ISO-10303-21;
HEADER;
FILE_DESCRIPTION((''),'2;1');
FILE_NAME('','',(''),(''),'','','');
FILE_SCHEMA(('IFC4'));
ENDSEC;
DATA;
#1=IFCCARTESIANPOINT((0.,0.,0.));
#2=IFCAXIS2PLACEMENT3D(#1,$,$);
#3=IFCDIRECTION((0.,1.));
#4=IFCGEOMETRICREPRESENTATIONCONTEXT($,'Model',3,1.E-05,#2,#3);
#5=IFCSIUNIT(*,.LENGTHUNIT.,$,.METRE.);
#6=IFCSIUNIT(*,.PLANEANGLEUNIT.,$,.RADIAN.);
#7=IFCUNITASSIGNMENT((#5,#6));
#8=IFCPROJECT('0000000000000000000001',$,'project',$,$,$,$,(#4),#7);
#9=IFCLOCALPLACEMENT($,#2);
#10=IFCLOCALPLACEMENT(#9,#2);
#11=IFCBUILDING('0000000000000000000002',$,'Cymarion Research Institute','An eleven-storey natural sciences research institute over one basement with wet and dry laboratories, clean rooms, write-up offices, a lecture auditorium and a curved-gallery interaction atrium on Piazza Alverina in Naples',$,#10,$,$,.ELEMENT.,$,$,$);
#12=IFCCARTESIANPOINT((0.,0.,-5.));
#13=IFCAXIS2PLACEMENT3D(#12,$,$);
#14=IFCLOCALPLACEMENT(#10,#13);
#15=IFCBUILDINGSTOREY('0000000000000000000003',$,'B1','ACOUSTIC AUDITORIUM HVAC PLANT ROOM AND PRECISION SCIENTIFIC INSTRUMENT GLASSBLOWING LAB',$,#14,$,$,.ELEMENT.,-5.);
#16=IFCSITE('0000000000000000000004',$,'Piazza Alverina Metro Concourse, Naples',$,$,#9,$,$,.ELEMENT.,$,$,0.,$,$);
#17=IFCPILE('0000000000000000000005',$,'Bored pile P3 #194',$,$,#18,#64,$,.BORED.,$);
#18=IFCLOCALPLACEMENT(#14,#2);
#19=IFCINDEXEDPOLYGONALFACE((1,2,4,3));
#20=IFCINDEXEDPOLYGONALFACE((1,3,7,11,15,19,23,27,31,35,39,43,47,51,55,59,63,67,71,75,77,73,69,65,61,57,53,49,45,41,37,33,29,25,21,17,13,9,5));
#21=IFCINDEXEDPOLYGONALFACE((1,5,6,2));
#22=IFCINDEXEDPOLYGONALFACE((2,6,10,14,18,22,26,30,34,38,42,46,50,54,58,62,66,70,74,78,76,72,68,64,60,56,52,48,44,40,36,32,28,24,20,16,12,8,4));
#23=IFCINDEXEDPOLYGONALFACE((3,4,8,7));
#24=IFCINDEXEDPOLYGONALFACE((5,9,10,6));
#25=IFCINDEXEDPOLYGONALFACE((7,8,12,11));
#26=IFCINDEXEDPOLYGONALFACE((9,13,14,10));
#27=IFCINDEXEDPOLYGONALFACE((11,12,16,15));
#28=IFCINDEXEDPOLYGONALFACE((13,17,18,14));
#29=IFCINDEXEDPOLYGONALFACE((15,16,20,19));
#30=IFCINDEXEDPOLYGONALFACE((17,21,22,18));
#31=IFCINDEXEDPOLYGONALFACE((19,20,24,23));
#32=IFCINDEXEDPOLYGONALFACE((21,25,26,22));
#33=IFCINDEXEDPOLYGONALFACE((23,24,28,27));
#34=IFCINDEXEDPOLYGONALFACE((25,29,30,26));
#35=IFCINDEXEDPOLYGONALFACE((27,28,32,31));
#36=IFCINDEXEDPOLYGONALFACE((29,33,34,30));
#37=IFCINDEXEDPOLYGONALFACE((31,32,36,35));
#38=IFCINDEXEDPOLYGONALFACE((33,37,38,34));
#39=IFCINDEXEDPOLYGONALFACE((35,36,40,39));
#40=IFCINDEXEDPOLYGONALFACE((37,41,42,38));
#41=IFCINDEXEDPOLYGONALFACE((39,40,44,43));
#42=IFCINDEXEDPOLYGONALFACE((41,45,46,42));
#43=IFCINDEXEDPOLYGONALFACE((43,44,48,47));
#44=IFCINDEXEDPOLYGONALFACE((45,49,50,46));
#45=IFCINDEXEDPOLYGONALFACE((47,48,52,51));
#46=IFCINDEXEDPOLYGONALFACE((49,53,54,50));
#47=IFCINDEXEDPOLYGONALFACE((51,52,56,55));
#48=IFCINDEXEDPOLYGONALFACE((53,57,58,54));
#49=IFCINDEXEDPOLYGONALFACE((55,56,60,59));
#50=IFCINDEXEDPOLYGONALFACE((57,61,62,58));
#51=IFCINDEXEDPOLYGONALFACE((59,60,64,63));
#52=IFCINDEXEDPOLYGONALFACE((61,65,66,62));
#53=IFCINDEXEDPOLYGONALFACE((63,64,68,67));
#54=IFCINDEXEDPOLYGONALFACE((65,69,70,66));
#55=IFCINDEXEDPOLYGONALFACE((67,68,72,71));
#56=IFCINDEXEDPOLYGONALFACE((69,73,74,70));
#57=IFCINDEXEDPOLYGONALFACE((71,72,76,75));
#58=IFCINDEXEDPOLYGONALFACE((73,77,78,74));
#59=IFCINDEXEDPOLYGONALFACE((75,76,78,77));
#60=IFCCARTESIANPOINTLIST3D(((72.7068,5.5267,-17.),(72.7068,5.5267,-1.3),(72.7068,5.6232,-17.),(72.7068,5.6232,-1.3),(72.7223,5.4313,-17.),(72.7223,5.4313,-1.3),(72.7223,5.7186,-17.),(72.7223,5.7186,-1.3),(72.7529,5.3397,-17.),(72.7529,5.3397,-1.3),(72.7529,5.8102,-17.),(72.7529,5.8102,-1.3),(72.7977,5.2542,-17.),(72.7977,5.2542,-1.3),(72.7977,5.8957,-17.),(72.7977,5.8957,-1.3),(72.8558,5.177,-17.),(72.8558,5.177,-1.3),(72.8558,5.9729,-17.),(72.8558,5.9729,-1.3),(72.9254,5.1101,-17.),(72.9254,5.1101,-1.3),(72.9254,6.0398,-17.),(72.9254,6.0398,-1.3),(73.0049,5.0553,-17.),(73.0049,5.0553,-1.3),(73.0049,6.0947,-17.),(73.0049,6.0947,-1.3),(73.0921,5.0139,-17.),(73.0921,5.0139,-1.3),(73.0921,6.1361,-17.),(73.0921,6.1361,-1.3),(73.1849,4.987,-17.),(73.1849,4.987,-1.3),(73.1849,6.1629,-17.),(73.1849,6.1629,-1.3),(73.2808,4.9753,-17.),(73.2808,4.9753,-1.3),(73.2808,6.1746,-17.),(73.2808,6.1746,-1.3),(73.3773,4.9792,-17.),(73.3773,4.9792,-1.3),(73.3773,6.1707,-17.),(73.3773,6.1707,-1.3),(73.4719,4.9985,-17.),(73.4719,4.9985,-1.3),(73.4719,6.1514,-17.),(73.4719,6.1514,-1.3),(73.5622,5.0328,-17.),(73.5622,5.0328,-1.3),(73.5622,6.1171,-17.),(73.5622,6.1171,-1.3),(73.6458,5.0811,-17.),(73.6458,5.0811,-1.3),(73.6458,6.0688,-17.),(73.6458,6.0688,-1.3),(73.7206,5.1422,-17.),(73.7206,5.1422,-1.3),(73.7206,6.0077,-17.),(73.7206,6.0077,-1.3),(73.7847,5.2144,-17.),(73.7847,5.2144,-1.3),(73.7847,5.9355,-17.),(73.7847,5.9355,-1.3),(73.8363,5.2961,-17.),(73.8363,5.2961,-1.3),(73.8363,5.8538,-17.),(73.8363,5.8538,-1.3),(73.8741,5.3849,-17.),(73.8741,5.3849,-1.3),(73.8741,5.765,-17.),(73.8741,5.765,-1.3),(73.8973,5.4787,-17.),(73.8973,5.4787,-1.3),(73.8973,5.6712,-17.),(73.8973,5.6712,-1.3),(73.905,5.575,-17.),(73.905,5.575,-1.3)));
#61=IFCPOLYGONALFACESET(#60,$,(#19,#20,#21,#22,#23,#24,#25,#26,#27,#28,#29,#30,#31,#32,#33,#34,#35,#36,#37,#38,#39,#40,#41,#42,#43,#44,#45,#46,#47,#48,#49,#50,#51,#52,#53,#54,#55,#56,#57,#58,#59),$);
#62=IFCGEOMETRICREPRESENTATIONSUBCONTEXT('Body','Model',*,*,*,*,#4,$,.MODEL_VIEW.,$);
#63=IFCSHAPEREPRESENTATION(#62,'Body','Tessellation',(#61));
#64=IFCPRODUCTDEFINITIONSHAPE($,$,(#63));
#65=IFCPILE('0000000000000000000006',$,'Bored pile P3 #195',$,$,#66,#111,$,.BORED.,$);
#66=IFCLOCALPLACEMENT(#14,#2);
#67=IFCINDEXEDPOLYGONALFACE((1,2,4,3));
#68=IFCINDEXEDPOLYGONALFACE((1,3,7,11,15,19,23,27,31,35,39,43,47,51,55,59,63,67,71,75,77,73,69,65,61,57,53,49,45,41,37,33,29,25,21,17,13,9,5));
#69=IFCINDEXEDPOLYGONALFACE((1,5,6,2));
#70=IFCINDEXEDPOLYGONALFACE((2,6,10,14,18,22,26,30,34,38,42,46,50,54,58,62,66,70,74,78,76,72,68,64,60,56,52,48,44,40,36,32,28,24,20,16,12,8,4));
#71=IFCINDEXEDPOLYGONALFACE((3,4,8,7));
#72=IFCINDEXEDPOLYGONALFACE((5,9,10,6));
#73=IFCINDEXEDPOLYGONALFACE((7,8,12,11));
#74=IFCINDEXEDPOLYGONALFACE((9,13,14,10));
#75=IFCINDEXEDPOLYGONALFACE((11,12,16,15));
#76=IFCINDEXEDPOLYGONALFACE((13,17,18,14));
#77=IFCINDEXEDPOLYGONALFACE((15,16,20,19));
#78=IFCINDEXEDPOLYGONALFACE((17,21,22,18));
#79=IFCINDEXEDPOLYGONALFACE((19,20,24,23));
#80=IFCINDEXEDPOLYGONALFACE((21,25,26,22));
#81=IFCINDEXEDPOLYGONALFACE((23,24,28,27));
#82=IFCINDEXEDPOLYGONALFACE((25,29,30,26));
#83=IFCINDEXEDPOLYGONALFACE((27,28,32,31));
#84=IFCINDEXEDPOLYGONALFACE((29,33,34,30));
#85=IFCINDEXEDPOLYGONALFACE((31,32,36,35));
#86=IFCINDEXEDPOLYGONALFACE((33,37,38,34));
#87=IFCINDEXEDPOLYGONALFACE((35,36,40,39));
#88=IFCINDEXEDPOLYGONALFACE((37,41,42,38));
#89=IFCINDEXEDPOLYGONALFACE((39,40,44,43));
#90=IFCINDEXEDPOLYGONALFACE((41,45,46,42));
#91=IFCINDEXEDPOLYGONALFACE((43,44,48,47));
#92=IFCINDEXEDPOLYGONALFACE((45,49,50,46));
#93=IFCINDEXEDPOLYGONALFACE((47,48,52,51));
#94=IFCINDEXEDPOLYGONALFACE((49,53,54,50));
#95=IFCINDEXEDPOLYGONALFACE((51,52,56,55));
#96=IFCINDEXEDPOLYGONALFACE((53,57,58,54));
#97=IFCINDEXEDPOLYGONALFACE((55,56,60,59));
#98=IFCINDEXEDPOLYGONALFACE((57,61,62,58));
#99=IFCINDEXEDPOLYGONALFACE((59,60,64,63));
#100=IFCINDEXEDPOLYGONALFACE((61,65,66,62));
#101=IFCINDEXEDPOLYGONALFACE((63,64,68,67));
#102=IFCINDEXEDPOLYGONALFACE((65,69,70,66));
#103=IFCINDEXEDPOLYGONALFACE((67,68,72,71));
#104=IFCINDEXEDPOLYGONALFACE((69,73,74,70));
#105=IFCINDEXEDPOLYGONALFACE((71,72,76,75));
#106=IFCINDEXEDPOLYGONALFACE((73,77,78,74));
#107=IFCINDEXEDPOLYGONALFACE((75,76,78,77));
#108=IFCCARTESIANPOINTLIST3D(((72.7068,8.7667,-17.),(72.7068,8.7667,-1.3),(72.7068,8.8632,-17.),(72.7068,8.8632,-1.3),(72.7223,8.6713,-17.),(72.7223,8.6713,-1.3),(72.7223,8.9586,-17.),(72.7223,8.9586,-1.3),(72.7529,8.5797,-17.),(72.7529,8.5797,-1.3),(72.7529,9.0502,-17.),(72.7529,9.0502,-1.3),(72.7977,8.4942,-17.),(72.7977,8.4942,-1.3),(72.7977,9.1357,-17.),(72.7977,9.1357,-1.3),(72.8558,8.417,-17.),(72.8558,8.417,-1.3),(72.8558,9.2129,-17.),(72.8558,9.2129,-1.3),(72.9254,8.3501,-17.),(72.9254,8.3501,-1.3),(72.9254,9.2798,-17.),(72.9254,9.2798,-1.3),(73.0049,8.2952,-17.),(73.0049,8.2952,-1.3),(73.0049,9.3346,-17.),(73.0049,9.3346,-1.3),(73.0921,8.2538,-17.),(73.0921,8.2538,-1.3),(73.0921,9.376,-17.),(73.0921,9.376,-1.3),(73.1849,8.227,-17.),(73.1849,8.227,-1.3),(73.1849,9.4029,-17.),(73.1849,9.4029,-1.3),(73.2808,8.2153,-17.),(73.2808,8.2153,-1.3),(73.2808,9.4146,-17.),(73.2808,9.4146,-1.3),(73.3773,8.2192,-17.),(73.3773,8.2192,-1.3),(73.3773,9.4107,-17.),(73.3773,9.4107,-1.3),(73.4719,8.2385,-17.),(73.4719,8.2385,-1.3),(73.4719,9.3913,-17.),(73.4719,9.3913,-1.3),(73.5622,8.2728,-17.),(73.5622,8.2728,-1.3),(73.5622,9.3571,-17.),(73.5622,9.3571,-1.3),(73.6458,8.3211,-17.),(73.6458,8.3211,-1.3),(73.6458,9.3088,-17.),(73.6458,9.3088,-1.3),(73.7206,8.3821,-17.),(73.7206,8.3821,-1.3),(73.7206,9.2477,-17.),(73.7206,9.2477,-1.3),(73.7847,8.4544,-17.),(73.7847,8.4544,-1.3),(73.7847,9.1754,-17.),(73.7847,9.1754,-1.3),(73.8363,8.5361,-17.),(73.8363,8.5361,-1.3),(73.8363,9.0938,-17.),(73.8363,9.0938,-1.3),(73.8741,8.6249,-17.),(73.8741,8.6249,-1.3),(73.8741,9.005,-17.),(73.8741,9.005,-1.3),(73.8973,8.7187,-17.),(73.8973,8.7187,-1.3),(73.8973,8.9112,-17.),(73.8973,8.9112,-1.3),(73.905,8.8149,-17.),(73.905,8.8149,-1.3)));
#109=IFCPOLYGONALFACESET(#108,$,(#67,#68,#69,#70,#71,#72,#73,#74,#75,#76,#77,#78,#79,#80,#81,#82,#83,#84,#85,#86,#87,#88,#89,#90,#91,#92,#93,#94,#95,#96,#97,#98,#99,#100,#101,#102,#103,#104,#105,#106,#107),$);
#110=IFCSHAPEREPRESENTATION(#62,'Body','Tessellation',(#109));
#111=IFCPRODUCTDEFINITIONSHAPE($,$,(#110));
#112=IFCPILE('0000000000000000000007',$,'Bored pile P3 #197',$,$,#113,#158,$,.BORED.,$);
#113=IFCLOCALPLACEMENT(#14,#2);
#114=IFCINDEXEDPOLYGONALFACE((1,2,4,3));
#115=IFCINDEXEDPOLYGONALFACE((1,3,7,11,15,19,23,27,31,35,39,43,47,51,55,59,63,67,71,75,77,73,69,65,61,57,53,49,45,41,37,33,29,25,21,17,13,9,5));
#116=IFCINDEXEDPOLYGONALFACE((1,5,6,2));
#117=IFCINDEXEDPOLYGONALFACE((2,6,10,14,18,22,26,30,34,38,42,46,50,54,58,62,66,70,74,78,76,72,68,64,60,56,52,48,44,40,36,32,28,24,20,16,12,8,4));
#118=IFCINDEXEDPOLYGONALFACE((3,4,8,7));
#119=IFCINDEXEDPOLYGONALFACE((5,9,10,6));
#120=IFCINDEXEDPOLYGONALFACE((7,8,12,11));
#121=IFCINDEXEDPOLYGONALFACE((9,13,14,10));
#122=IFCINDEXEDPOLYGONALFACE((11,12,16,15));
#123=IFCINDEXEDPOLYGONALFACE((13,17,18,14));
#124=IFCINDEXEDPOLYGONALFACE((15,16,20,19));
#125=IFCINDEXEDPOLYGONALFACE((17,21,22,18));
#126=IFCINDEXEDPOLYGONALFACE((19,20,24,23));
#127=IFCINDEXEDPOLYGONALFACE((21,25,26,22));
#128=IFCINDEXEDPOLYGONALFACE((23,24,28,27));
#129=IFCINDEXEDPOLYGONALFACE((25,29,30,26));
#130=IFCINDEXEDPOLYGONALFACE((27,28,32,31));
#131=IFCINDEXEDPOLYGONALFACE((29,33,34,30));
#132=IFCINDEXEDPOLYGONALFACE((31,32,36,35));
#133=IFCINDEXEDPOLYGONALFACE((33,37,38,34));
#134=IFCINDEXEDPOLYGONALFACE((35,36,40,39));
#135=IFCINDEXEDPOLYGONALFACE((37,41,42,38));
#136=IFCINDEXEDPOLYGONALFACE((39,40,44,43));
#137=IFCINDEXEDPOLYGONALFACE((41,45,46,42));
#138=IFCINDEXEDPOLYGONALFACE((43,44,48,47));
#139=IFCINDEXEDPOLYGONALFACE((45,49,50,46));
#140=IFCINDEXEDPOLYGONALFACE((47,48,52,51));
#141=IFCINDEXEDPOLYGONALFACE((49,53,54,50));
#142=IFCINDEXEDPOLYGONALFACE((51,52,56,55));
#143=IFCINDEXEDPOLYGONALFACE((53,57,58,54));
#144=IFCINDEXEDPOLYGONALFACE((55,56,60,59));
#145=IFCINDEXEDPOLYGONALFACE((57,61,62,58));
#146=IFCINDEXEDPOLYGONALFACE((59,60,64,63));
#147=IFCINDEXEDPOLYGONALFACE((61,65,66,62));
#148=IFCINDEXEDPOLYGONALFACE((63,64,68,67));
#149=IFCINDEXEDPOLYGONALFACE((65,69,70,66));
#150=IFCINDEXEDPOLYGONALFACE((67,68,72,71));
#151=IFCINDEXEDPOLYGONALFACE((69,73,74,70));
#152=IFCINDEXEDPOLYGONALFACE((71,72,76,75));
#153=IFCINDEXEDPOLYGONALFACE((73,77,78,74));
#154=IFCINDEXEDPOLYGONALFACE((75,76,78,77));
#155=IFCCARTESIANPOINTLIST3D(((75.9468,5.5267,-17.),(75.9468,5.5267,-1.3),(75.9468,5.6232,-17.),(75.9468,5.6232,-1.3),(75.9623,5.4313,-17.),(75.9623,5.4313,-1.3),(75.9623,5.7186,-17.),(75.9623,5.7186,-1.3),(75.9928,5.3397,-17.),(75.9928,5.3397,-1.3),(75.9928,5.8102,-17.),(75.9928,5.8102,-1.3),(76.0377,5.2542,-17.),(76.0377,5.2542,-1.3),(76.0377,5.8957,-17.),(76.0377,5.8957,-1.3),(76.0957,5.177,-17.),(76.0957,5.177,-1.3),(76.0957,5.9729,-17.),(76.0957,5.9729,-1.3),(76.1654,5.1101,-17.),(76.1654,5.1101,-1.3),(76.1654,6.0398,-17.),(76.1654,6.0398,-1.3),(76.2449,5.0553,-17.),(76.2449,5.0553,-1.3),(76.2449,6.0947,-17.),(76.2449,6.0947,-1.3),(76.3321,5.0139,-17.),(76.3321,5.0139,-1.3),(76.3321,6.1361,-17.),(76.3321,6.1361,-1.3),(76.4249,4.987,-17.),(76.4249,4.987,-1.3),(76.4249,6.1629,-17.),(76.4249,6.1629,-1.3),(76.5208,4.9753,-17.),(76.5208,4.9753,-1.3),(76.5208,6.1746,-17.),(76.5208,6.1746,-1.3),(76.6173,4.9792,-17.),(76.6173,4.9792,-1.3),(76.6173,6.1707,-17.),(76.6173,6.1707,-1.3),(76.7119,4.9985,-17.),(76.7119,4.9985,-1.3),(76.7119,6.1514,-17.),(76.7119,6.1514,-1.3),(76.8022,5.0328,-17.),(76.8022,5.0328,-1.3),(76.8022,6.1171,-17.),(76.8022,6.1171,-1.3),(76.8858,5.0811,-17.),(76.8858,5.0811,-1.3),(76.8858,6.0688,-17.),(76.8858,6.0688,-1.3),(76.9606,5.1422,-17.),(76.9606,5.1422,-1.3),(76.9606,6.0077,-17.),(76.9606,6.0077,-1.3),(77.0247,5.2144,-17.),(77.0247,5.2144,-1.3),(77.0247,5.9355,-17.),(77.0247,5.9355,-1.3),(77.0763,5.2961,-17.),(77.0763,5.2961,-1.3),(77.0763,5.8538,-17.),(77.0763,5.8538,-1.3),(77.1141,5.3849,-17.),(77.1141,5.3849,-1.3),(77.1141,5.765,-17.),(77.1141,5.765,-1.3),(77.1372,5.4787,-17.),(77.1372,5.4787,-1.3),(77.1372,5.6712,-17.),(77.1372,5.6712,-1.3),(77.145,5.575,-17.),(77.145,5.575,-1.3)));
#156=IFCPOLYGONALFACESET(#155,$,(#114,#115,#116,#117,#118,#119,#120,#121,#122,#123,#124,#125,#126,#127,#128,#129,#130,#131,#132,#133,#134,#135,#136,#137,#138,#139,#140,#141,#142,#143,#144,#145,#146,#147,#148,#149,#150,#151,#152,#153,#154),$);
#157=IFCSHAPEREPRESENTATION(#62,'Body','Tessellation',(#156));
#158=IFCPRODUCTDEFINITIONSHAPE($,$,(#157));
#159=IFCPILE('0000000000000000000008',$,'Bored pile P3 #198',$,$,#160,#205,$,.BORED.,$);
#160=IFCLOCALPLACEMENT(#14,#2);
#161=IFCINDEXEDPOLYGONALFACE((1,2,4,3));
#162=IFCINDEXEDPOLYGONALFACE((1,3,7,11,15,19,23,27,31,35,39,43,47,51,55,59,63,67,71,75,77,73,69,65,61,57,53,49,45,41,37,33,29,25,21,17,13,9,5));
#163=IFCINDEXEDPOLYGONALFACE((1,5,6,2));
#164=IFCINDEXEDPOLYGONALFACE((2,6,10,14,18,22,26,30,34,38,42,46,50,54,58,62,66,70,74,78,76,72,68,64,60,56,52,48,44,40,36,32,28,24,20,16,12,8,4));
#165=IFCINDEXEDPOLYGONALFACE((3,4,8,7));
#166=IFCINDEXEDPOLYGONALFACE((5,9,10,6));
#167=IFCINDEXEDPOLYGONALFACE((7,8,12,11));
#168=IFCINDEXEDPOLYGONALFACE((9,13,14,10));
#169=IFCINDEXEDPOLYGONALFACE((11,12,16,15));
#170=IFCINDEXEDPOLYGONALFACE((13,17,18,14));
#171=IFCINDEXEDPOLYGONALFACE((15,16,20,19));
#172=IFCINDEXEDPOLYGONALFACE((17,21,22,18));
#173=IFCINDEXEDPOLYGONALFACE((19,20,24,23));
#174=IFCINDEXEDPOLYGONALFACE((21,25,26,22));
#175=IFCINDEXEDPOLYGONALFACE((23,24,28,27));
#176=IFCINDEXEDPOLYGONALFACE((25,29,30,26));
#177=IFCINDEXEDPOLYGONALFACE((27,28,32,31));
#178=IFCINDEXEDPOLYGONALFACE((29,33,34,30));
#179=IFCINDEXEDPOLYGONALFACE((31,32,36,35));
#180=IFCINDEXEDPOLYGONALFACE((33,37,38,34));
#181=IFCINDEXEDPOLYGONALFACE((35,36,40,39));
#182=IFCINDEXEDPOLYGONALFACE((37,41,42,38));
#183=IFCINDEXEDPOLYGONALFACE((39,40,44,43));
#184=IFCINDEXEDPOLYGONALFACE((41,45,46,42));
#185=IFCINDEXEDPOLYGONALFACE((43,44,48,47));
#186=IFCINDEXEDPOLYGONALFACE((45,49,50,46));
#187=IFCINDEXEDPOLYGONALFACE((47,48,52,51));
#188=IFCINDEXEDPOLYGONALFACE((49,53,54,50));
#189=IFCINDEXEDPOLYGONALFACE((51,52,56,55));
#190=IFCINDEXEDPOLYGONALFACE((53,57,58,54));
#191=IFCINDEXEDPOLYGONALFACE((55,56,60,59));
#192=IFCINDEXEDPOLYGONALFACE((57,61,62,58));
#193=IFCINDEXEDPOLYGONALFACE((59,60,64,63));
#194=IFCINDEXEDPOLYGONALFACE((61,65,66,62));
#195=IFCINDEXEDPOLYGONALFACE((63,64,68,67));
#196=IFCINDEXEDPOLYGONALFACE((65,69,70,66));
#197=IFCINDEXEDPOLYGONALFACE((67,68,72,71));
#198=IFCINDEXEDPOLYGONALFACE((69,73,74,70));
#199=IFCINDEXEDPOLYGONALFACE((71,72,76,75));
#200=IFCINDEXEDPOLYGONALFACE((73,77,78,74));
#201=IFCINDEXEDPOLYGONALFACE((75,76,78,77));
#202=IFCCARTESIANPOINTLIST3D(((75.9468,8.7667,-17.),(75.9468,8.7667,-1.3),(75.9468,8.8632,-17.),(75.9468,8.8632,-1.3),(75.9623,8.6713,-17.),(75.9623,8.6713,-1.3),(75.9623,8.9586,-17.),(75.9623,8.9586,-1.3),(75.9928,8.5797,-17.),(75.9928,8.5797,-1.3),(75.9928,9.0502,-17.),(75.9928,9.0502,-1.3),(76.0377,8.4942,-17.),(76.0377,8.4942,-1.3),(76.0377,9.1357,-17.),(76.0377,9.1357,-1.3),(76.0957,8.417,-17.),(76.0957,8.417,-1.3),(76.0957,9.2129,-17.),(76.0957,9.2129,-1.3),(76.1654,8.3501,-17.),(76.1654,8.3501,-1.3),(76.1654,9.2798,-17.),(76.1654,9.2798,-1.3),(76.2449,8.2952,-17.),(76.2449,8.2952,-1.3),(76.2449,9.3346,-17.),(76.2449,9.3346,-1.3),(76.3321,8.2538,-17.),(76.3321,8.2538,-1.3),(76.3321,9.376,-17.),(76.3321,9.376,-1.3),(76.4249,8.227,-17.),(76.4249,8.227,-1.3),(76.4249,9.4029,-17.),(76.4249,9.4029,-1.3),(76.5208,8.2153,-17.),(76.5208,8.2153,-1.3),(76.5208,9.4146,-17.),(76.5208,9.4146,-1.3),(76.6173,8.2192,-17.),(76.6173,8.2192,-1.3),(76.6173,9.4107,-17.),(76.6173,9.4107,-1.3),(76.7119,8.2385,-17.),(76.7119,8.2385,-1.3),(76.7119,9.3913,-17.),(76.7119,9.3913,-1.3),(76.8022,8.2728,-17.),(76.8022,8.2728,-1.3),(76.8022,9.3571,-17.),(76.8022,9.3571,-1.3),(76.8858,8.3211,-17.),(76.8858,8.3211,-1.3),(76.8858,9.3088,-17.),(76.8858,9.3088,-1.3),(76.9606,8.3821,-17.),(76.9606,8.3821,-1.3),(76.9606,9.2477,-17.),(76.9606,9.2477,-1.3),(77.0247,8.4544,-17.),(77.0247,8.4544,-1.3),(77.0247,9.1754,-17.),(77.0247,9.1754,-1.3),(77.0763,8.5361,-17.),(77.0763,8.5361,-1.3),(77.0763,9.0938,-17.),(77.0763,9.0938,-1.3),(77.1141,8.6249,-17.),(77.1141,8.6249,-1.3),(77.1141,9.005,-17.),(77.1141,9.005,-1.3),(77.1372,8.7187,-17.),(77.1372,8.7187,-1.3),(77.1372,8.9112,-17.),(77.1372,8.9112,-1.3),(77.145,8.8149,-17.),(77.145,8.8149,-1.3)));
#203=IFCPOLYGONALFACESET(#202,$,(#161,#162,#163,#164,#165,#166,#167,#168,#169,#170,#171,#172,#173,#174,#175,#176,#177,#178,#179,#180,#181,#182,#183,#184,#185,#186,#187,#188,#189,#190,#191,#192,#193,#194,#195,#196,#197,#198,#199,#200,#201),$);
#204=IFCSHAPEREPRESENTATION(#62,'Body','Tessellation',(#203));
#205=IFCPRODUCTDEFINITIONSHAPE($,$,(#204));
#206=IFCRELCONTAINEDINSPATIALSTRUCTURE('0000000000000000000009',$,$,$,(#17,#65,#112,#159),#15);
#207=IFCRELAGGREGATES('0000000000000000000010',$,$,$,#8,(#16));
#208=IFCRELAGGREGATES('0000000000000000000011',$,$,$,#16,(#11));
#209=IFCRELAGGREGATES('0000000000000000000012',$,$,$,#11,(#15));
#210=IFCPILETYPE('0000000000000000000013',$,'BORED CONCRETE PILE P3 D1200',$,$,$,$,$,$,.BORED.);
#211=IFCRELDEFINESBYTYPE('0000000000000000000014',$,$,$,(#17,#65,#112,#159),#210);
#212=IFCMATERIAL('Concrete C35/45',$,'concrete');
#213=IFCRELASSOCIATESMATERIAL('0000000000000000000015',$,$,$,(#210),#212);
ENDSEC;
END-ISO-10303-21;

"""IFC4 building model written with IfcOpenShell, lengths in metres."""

from ifc_helpers import new_model, si_unit, direction, frame, origin, origin_2d, place, context, subcontext, project, spatial, circle, extrude, material, material_profile, profile_set, type_object, element, save


model = new_model("IFC4")

# Units and contexts
model_context = context("Model", 3, precision=1e-05, world=origin(), true_north=direction((0.0, 1.0)))
body_context = subcontext(model_context, "Body", "Model", "MODEL_VIEW")
ifc_project = project(units=[si_unit("LENGTHUNIT", "METRE"), si_unit("PLANEANGLEUNIT", "RADIAN")], contexts=[model_context])

# Site, building, storey
site_placement = place(None, origin())
site = spatial("IfcSite", under=ifc_project, at=site_placement, Name="Piazza Alverina Metro Concourse, Naples", CompositionType="ELEMENT", RefElevation=0.0)
building_placement = place(site_placement, origin())
building = spatial("IfcBuilding", under=site, at=building_placement, Name="Cymarion Research Institute", Description="An eleven-storey natural sciences research institute over one basement with wet and dry laboratories, clean rooms, write-up offices, a lecture auditorium and a curved-gallery interaction atrium on Piazza Alverina in Naples", CompositionType="ELEMENT")
storey_placement = place(building_placement, frame((0.0, 0.0, -5.0)))
storey = spatial("IfcBuildingStorey", under=building, at=storey_placement, Name="B1", Description="ACOUSTIC AUDITORIUM HVAC PLANT ROOM AND PRECISION SCIENTIFIC INSTRUMENT GLASSBLOWING LAB", CompositionType="ELEMENT", Elevation=-5.0)

# Piles
ifc_material_1 = material(Name="Concrete C35/45", Category="concrete")
ifc_material_profile_1 = material_profile(ifc_material_1, circle(Radius=0.6001, at=origin_2d()), Name="BORED PILE D1200")
ifc_profile_set_1 = profile_set([ifc_material_profile_1], Name="Concrete C35/45")
pile_type = type_object("IfcPileType", Name="BORED CONCRETE PILE P3 D1200", PredefinedType="BORED", material=ifc_profile_set_1)
for number, where, z_axis, x_axis, name in (
    (1, (73.3049, 5.575, -1.3), (0.0, 0.0, -1.0), (1.0, 0.0, 0.0), "Bored pile P3 #194"),
    (2, (73.3049, 8.8149, -1.3), (0.0, 0.0, -1.0), (1.0, 0.0, 0.0), "Bored pile P3 #195"),
    (3, (76.5449, 5.575, -1.3), (0.0, 0.0, -1.0), (1.0, 0.0, 0.0), "Bored pile P3 #197"),
    (4, (76.5449, 8.8149, -1.3), (0.0, 0.0, -1.0), (1.0, 0.0, 0.0), "Bored pile P3 #198"),
):
    element("IfcPile", number, at=place(storey_placement, frame(where, z_axis=z_axis, x_axis=x_axis)), inside=storey, type_object=pile_type, Name=name, PredefinedType="BORED", context=body_context, shape_type="SweptSolid", body=[
        extrude(circle(Radius=0.6001, at=origin_2d()), origin(), (0.0, 0.0, 1.0), 15.7),
    ])

save(model, "model.ifc")
